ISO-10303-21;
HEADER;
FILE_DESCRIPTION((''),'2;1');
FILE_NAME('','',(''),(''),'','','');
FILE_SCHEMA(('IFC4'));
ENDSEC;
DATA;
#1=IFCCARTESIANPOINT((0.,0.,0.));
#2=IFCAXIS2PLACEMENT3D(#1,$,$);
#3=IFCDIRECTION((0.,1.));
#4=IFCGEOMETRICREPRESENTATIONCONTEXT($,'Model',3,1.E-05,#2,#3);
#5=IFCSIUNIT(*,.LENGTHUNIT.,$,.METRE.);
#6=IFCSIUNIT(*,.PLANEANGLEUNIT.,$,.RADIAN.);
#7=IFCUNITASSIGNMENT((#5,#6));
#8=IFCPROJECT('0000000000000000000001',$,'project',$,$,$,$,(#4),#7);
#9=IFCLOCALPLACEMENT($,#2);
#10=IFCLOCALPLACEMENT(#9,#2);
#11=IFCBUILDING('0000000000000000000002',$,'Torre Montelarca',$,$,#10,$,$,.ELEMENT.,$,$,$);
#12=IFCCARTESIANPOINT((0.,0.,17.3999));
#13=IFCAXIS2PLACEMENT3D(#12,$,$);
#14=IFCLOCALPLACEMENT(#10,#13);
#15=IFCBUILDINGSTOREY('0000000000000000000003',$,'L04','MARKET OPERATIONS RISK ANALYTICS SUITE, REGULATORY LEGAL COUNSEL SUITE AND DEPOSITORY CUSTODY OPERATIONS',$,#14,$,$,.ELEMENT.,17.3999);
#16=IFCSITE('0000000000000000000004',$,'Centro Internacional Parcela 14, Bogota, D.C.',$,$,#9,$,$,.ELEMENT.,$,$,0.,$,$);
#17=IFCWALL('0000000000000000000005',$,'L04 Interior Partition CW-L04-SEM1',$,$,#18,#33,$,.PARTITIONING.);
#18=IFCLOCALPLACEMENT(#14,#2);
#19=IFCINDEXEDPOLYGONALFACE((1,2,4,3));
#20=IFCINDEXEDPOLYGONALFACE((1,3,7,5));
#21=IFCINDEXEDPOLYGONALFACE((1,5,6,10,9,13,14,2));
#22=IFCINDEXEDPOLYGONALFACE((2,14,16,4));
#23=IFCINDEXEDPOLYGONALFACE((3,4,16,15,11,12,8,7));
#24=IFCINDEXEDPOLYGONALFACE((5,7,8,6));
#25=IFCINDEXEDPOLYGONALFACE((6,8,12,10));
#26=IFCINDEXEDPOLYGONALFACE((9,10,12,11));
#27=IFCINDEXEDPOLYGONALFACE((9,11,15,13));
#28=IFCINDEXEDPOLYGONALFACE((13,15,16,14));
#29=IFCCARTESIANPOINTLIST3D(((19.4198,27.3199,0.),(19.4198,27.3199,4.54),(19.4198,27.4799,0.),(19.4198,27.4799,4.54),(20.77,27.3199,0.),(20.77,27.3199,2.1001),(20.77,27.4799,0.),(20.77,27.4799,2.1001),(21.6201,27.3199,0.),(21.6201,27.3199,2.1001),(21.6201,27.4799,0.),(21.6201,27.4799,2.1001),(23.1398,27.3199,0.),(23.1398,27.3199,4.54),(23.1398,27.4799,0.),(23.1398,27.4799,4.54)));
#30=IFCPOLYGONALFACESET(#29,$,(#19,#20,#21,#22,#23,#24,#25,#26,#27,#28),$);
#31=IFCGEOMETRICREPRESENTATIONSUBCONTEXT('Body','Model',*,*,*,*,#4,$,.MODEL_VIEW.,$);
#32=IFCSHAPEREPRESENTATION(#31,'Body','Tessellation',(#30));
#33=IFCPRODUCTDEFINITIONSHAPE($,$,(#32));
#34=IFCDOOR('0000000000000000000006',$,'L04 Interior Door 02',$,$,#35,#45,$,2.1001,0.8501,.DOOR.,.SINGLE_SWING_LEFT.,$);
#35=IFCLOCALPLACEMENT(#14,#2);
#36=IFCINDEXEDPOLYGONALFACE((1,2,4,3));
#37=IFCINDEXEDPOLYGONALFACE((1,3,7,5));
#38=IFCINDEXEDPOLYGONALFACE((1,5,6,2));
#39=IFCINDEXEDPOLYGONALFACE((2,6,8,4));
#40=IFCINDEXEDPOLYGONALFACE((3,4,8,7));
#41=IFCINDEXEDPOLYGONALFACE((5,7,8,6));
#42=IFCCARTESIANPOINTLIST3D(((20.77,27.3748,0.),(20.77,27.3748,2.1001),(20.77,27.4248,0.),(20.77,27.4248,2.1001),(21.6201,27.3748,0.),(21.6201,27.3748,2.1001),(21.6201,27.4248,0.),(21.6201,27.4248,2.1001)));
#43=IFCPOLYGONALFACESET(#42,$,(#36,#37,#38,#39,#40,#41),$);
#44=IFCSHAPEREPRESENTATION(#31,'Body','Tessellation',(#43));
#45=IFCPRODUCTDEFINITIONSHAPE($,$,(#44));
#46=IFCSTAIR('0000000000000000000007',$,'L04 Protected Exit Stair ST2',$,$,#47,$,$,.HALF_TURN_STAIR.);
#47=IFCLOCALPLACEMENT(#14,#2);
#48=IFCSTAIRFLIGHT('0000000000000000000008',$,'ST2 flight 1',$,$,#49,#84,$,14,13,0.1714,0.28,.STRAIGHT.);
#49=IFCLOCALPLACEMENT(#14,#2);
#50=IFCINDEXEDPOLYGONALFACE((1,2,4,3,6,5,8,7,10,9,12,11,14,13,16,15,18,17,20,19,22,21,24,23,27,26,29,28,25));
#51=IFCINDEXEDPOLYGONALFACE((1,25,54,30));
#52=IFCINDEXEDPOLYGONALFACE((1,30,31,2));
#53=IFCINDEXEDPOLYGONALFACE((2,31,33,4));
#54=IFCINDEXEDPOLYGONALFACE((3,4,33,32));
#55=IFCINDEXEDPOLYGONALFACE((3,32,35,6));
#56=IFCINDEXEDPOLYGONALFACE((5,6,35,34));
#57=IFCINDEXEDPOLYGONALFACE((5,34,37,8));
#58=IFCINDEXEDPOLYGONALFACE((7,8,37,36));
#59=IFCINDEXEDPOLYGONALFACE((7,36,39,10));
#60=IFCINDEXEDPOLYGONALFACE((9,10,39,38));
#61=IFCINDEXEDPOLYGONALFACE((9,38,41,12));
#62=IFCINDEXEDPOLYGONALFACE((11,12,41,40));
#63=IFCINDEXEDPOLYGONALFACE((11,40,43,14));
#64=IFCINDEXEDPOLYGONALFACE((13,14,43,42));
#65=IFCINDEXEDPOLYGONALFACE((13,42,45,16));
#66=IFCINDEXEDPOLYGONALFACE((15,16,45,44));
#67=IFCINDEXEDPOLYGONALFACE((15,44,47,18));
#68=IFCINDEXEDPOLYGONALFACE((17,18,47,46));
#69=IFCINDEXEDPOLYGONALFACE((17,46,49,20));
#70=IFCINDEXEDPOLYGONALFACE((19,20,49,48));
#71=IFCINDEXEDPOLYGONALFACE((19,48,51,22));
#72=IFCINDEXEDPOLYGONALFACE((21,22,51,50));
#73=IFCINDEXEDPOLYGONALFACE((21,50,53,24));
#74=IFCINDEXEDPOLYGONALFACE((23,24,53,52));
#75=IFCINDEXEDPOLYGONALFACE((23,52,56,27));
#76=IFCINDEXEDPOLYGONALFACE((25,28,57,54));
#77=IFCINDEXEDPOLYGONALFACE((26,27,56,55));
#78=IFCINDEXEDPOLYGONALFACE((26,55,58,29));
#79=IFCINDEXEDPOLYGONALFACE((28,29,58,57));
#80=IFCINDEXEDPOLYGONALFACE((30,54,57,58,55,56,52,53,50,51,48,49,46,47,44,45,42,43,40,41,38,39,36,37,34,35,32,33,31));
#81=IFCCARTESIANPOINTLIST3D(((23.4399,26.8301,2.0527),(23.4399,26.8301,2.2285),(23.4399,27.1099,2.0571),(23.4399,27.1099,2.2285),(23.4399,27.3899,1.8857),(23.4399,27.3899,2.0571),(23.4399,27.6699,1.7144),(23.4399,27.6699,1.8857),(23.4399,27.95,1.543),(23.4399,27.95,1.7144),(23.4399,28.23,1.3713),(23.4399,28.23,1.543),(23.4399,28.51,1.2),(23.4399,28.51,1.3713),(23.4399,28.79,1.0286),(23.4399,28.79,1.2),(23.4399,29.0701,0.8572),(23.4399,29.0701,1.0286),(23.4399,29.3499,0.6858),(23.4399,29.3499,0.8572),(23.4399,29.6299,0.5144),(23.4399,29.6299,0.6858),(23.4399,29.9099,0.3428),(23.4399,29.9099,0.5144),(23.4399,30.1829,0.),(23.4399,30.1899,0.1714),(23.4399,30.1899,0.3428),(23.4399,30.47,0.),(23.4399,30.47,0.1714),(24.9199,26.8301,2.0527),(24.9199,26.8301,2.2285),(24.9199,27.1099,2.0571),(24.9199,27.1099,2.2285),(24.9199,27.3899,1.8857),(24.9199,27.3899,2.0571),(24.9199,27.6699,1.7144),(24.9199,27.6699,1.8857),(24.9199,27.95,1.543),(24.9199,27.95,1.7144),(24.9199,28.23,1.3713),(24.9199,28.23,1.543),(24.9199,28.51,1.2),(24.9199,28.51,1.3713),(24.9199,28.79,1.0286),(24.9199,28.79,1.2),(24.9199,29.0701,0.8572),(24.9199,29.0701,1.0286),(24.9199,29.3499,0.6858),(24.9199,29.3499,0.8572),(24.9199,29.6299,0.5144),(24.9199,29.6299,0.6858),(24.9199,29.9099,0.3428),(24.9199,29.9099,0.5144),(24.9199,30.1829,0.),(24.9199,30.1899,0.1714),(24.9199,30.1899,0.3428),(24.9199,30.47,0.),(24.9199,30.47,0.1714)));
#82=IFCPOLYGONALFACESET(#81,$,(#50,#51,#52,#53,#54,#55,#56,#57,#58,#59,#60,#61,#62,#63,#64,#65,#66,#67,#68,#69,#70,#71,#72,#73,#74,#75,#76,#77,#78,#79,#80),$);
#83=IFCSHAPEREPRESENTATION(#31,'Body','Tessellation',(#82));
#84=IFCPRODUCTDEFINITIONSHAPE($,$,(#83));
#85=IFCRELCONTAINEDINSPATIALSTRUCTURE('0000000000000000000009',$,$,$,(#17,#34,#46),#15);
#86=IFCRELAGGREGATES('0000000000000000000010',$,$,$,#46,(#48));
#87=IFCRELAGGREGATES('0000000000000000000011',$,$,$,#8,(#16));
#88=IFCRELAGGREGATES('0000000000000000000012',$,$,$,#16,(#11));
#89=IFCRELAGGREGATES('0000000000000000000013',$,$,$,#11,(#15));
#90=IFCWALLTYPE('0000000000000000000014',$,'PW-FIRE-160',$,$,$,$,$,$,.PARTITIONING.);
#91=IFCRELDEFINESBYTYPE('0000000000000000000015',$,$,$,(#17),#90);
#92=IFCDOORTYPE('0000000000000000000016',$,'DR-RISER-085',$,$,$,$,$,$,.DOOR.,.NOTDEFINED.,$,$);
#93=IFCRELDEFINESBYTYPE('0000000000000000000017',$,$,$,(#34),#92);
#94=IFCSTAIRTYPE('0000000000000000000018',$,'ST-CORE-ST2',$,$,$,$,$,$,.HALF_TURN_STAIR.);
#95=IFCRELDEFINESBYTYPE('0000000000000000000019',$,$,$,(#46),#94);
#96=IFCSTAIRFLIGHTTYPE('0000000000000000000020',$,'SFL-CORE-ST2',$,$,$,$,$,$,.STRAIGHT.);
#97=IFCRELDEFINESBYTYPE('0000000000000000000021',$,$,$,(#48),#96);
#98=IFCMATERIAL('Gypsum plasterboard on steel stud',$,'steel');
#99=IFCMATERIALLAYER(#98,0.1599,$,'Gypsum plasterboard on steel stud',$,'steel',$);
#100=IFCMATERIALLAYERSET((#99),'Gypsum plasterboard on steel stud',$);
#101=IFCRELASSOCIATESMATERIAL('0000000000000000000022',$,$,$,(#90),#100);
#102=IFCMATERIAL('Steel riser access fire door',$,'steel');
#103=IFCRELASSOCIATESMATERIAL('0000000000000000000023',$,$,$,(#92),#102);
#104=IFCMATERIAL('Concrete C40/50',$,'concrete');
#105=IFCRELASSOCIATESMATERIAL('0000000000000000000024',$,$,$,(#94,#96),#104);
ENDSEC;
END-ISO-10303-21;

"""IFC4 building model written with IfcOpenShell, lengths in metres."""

from ifc_helpers import new_model, si_unit, direction, frame, frame_2d, origin, place, context, subcontext, project, spatial, polyline, rectangle, outline, extrude, source, transform, mapped, material, layer, layer_set, type_object, element, fill, aggregate, save


model = new_model("IFC4")

# Units and contexts
model_context = context("Model", 3, precision=1e-05, world=origin(), true_north=direction((0.0, 1.0)))
body_context = subcontext(model_context, "Body", "Model", "MODEL_VIEW")
ifc_project = project(units=[si_unit("LENGTHUNIT", "METRE"), si_unit("PLANEANGLEUNIT", "RADIAN")], contexts=[model_context])

# Site, building, storey
site_placement = place(None, origin())
site = spatial("IfcSite", under=ifc_project, at=site_placement, Name="Centro Internacional Parcela 14, Bogota, D.C.", CompositionType="ELEMENT", RefElevation=0.0)
building_placement = place(site_placement, origin())
building = spatial("IfcBuilding", under=site, at=building_placement, Name="Torre Montelarca", CompositionType="ELEMENT")
storey_placement = place(building_placement, frame((0.0, 0.0, 17.3999)))
storey = spatial("IfcBuildingStorey", under=building, at=storey_placement, Name="L04", Description="MARKET OPERATIONS RISK ANALYTICS SUITE, REGULATORY LEGAL COUNSEL SUITE AND DEPOSITORY CUSTODY OPERATIONS", CompositionType="ELEMENT", Elevation=17.3999)

# Shared definitions
ifc_material_1 = material(Name="Concrete C40/50", Category="concrete")

# Shared definitions
ifc_material_2 = material(Name="Gypsum plasterboard on steel stud", Category="steel")
ifc_layer_1 = layer(ifc_material_2, 0.1599, Name="Gypsum plasterboard on steel stud", Category="steel")
ifc_layer_set_1 = layer_set([ifc_layer_1], Name="Gypsum plasterboard on steel stud")
wall_type_1 = type_object("IfcWallType", Name="PW-FIRE-160", PredefinedType="PARTITIONING", material=ifc_layer_set_1)

# Wall, opening, door
ifc_material_3 = material(Name="Steel riser access fire door", Category="steel")
door_type_1 = type_object("IfcDoorType", Name="DR-RISER-085", OperationType="NOTDEFINED", PredefinedType="DOOR", material=ifc_material_3)
shared_shape_1 = source(origin(), body_context, "Body", "SweptSolid", [
    extrude(rectangle(XDim=0.8501, YDim=2.1001, at=frame_2d((0.425, 1.05))), frame((0.0, 0.0249, 0.0), z_axis=(0.0, -1.0, 0.0), x_axis=(1.0, 0.0, 0.0)), (0.0, 0.0, 1.0), 0.05),
])
wall_1_placement = place(storey_placement, frame((19.4199, 27.3999, 0.0), z_axis=(0.0, 0.0, 1.0), x_axis=(1.0, 0.0, 0.0)))
wall_1 = element("IfcWall", 1, at=wall_1_placement, inside=storey, type_object=wall_type_1, Name="L04 Interior Partition CW-L04-SEM1", PredefinedType="PARTITIONING", context=body_context, shape_type="SweptSolid", body=[
    extrude(rectangle(XDim=3.72, YDim=0.1599, at=frame_2d((1.8599, 0.0))), origin(), (0.0, 0.0, 1.0), 4.54),
])
opening_1_placement = place(wall_1_placement, frame((1.3501, 0.0, 0.0)))
opening_1 = element("IfcOpeningElement", 2, at=opening_1_placement, cuts=wall_1, PredefinedType="OPENING", context=body_context, shape_type="SweptSolid", body=[
    extrude(rectangle(XDim=0.8501, YDim=2.1001, at=frame_2d((0.425, 1.05))), frame((0.0, 0.0898, 0.0), z_axis=(0.0, -1.0, 0.0), x_axis=(1.0, 0.0, 0.0)), (0.0, 0.0, 1.0), 0.1799),
])
door_1_placement = place(opening_1_placement, origin())
door_1 = element("IfcDoor", 3, at=door_1_placement, inside=storey, type_object=door_type_1, Name="L04 Interior Door 02", OperationType="SINGLE_SWING_LEFT", OverallHeight=2.1001, OverallWidth=0.8501, PredefinedType="DOOR", context=body_context, shape_type="MappedRepresentation", body=[
    mapped(shared_shape_1, transform((0.0, 0.0, 0.0), scale=1.0)),
])
fill(opening_1, door_1)

# Stair, stair flight
stair_type = type_object("IfcStairType", Name="ST-CORE-ST2", PredefinedType="HALF_TURN_STAIR", material=ifc_material_1)
stair_placement = place(storey_placement, origin())
stair = element("IfcStair", 4, at=stair_placement, inside=storey, type_object=stair_type, Name="L04 Protected Exit Stair ST2", PredefinedType="HALF_TURN_STAIR")
stair_flight_type = type_object("IfcStairFlightType", Name="SFL-CORE-ST2", PredefinedType="STRAIGHT", material=ifc_material_1)
stair_flight_placement = place(storey_placement, frame((24.1799, 30.47, 0.0), z_axis=(0.0, 0.0, 1.0), x_axis=(0.0, -1.0, 0.0)))
stair_flight = element("IfcStairFlight", 5, at=stair_flight_placement, type_object=stair_flight_type, Name="ST2 flight 1", NumberOfRisers=14, NumberOfTreads=13, PredefinedType="STRAIGHT", RiserHeight=0.1714, TreadLength=0.28, context=body_context, shape_type="SweptSolid", body=[
    extrude(outline(polyline([(0.0, 0.0), (0.0, 0.1714), (0.28, 0.1714), (0.28, 0.3428), (0.5601, 0.3428), (0.5601, 0.5144), (0.8401, 0.5144), (0.8401, 0.6858), (1.1201, 0.6858), (1.1201, 0.8572), (1.3999, 0.8572), (1.3999, 1.0286), (1.6799, 1.0286), (1.6799, 1.2), (1.96, 1.2), (1.96, 1.3713), (2.24, 1.3713), (2.24, 1.543), (2.52, 1.543), (2.52, 1.7144), (2.8, 1.7144), (2.8, 1.8857), (3.0801, 1.8857), (3.0801, 2.0571), (3.3601, 2.0571), (3.3601, 2.2285), (3.6399, 2.2285), (3.6399, 2.3999), (3.6399, 2.0527), (0.2871, 0.0), (0.0, 0.0)])), frame((0.0, 0.74, 0.0), z_axis=(0.0, -1.0, 0.0), x_axis=(1.0, 0.0, 0.0)), (0.0, 0.0, 1.0), 1.48),
])
aggregate(stair, [stair_flight])

save(model, "model.ifc")
